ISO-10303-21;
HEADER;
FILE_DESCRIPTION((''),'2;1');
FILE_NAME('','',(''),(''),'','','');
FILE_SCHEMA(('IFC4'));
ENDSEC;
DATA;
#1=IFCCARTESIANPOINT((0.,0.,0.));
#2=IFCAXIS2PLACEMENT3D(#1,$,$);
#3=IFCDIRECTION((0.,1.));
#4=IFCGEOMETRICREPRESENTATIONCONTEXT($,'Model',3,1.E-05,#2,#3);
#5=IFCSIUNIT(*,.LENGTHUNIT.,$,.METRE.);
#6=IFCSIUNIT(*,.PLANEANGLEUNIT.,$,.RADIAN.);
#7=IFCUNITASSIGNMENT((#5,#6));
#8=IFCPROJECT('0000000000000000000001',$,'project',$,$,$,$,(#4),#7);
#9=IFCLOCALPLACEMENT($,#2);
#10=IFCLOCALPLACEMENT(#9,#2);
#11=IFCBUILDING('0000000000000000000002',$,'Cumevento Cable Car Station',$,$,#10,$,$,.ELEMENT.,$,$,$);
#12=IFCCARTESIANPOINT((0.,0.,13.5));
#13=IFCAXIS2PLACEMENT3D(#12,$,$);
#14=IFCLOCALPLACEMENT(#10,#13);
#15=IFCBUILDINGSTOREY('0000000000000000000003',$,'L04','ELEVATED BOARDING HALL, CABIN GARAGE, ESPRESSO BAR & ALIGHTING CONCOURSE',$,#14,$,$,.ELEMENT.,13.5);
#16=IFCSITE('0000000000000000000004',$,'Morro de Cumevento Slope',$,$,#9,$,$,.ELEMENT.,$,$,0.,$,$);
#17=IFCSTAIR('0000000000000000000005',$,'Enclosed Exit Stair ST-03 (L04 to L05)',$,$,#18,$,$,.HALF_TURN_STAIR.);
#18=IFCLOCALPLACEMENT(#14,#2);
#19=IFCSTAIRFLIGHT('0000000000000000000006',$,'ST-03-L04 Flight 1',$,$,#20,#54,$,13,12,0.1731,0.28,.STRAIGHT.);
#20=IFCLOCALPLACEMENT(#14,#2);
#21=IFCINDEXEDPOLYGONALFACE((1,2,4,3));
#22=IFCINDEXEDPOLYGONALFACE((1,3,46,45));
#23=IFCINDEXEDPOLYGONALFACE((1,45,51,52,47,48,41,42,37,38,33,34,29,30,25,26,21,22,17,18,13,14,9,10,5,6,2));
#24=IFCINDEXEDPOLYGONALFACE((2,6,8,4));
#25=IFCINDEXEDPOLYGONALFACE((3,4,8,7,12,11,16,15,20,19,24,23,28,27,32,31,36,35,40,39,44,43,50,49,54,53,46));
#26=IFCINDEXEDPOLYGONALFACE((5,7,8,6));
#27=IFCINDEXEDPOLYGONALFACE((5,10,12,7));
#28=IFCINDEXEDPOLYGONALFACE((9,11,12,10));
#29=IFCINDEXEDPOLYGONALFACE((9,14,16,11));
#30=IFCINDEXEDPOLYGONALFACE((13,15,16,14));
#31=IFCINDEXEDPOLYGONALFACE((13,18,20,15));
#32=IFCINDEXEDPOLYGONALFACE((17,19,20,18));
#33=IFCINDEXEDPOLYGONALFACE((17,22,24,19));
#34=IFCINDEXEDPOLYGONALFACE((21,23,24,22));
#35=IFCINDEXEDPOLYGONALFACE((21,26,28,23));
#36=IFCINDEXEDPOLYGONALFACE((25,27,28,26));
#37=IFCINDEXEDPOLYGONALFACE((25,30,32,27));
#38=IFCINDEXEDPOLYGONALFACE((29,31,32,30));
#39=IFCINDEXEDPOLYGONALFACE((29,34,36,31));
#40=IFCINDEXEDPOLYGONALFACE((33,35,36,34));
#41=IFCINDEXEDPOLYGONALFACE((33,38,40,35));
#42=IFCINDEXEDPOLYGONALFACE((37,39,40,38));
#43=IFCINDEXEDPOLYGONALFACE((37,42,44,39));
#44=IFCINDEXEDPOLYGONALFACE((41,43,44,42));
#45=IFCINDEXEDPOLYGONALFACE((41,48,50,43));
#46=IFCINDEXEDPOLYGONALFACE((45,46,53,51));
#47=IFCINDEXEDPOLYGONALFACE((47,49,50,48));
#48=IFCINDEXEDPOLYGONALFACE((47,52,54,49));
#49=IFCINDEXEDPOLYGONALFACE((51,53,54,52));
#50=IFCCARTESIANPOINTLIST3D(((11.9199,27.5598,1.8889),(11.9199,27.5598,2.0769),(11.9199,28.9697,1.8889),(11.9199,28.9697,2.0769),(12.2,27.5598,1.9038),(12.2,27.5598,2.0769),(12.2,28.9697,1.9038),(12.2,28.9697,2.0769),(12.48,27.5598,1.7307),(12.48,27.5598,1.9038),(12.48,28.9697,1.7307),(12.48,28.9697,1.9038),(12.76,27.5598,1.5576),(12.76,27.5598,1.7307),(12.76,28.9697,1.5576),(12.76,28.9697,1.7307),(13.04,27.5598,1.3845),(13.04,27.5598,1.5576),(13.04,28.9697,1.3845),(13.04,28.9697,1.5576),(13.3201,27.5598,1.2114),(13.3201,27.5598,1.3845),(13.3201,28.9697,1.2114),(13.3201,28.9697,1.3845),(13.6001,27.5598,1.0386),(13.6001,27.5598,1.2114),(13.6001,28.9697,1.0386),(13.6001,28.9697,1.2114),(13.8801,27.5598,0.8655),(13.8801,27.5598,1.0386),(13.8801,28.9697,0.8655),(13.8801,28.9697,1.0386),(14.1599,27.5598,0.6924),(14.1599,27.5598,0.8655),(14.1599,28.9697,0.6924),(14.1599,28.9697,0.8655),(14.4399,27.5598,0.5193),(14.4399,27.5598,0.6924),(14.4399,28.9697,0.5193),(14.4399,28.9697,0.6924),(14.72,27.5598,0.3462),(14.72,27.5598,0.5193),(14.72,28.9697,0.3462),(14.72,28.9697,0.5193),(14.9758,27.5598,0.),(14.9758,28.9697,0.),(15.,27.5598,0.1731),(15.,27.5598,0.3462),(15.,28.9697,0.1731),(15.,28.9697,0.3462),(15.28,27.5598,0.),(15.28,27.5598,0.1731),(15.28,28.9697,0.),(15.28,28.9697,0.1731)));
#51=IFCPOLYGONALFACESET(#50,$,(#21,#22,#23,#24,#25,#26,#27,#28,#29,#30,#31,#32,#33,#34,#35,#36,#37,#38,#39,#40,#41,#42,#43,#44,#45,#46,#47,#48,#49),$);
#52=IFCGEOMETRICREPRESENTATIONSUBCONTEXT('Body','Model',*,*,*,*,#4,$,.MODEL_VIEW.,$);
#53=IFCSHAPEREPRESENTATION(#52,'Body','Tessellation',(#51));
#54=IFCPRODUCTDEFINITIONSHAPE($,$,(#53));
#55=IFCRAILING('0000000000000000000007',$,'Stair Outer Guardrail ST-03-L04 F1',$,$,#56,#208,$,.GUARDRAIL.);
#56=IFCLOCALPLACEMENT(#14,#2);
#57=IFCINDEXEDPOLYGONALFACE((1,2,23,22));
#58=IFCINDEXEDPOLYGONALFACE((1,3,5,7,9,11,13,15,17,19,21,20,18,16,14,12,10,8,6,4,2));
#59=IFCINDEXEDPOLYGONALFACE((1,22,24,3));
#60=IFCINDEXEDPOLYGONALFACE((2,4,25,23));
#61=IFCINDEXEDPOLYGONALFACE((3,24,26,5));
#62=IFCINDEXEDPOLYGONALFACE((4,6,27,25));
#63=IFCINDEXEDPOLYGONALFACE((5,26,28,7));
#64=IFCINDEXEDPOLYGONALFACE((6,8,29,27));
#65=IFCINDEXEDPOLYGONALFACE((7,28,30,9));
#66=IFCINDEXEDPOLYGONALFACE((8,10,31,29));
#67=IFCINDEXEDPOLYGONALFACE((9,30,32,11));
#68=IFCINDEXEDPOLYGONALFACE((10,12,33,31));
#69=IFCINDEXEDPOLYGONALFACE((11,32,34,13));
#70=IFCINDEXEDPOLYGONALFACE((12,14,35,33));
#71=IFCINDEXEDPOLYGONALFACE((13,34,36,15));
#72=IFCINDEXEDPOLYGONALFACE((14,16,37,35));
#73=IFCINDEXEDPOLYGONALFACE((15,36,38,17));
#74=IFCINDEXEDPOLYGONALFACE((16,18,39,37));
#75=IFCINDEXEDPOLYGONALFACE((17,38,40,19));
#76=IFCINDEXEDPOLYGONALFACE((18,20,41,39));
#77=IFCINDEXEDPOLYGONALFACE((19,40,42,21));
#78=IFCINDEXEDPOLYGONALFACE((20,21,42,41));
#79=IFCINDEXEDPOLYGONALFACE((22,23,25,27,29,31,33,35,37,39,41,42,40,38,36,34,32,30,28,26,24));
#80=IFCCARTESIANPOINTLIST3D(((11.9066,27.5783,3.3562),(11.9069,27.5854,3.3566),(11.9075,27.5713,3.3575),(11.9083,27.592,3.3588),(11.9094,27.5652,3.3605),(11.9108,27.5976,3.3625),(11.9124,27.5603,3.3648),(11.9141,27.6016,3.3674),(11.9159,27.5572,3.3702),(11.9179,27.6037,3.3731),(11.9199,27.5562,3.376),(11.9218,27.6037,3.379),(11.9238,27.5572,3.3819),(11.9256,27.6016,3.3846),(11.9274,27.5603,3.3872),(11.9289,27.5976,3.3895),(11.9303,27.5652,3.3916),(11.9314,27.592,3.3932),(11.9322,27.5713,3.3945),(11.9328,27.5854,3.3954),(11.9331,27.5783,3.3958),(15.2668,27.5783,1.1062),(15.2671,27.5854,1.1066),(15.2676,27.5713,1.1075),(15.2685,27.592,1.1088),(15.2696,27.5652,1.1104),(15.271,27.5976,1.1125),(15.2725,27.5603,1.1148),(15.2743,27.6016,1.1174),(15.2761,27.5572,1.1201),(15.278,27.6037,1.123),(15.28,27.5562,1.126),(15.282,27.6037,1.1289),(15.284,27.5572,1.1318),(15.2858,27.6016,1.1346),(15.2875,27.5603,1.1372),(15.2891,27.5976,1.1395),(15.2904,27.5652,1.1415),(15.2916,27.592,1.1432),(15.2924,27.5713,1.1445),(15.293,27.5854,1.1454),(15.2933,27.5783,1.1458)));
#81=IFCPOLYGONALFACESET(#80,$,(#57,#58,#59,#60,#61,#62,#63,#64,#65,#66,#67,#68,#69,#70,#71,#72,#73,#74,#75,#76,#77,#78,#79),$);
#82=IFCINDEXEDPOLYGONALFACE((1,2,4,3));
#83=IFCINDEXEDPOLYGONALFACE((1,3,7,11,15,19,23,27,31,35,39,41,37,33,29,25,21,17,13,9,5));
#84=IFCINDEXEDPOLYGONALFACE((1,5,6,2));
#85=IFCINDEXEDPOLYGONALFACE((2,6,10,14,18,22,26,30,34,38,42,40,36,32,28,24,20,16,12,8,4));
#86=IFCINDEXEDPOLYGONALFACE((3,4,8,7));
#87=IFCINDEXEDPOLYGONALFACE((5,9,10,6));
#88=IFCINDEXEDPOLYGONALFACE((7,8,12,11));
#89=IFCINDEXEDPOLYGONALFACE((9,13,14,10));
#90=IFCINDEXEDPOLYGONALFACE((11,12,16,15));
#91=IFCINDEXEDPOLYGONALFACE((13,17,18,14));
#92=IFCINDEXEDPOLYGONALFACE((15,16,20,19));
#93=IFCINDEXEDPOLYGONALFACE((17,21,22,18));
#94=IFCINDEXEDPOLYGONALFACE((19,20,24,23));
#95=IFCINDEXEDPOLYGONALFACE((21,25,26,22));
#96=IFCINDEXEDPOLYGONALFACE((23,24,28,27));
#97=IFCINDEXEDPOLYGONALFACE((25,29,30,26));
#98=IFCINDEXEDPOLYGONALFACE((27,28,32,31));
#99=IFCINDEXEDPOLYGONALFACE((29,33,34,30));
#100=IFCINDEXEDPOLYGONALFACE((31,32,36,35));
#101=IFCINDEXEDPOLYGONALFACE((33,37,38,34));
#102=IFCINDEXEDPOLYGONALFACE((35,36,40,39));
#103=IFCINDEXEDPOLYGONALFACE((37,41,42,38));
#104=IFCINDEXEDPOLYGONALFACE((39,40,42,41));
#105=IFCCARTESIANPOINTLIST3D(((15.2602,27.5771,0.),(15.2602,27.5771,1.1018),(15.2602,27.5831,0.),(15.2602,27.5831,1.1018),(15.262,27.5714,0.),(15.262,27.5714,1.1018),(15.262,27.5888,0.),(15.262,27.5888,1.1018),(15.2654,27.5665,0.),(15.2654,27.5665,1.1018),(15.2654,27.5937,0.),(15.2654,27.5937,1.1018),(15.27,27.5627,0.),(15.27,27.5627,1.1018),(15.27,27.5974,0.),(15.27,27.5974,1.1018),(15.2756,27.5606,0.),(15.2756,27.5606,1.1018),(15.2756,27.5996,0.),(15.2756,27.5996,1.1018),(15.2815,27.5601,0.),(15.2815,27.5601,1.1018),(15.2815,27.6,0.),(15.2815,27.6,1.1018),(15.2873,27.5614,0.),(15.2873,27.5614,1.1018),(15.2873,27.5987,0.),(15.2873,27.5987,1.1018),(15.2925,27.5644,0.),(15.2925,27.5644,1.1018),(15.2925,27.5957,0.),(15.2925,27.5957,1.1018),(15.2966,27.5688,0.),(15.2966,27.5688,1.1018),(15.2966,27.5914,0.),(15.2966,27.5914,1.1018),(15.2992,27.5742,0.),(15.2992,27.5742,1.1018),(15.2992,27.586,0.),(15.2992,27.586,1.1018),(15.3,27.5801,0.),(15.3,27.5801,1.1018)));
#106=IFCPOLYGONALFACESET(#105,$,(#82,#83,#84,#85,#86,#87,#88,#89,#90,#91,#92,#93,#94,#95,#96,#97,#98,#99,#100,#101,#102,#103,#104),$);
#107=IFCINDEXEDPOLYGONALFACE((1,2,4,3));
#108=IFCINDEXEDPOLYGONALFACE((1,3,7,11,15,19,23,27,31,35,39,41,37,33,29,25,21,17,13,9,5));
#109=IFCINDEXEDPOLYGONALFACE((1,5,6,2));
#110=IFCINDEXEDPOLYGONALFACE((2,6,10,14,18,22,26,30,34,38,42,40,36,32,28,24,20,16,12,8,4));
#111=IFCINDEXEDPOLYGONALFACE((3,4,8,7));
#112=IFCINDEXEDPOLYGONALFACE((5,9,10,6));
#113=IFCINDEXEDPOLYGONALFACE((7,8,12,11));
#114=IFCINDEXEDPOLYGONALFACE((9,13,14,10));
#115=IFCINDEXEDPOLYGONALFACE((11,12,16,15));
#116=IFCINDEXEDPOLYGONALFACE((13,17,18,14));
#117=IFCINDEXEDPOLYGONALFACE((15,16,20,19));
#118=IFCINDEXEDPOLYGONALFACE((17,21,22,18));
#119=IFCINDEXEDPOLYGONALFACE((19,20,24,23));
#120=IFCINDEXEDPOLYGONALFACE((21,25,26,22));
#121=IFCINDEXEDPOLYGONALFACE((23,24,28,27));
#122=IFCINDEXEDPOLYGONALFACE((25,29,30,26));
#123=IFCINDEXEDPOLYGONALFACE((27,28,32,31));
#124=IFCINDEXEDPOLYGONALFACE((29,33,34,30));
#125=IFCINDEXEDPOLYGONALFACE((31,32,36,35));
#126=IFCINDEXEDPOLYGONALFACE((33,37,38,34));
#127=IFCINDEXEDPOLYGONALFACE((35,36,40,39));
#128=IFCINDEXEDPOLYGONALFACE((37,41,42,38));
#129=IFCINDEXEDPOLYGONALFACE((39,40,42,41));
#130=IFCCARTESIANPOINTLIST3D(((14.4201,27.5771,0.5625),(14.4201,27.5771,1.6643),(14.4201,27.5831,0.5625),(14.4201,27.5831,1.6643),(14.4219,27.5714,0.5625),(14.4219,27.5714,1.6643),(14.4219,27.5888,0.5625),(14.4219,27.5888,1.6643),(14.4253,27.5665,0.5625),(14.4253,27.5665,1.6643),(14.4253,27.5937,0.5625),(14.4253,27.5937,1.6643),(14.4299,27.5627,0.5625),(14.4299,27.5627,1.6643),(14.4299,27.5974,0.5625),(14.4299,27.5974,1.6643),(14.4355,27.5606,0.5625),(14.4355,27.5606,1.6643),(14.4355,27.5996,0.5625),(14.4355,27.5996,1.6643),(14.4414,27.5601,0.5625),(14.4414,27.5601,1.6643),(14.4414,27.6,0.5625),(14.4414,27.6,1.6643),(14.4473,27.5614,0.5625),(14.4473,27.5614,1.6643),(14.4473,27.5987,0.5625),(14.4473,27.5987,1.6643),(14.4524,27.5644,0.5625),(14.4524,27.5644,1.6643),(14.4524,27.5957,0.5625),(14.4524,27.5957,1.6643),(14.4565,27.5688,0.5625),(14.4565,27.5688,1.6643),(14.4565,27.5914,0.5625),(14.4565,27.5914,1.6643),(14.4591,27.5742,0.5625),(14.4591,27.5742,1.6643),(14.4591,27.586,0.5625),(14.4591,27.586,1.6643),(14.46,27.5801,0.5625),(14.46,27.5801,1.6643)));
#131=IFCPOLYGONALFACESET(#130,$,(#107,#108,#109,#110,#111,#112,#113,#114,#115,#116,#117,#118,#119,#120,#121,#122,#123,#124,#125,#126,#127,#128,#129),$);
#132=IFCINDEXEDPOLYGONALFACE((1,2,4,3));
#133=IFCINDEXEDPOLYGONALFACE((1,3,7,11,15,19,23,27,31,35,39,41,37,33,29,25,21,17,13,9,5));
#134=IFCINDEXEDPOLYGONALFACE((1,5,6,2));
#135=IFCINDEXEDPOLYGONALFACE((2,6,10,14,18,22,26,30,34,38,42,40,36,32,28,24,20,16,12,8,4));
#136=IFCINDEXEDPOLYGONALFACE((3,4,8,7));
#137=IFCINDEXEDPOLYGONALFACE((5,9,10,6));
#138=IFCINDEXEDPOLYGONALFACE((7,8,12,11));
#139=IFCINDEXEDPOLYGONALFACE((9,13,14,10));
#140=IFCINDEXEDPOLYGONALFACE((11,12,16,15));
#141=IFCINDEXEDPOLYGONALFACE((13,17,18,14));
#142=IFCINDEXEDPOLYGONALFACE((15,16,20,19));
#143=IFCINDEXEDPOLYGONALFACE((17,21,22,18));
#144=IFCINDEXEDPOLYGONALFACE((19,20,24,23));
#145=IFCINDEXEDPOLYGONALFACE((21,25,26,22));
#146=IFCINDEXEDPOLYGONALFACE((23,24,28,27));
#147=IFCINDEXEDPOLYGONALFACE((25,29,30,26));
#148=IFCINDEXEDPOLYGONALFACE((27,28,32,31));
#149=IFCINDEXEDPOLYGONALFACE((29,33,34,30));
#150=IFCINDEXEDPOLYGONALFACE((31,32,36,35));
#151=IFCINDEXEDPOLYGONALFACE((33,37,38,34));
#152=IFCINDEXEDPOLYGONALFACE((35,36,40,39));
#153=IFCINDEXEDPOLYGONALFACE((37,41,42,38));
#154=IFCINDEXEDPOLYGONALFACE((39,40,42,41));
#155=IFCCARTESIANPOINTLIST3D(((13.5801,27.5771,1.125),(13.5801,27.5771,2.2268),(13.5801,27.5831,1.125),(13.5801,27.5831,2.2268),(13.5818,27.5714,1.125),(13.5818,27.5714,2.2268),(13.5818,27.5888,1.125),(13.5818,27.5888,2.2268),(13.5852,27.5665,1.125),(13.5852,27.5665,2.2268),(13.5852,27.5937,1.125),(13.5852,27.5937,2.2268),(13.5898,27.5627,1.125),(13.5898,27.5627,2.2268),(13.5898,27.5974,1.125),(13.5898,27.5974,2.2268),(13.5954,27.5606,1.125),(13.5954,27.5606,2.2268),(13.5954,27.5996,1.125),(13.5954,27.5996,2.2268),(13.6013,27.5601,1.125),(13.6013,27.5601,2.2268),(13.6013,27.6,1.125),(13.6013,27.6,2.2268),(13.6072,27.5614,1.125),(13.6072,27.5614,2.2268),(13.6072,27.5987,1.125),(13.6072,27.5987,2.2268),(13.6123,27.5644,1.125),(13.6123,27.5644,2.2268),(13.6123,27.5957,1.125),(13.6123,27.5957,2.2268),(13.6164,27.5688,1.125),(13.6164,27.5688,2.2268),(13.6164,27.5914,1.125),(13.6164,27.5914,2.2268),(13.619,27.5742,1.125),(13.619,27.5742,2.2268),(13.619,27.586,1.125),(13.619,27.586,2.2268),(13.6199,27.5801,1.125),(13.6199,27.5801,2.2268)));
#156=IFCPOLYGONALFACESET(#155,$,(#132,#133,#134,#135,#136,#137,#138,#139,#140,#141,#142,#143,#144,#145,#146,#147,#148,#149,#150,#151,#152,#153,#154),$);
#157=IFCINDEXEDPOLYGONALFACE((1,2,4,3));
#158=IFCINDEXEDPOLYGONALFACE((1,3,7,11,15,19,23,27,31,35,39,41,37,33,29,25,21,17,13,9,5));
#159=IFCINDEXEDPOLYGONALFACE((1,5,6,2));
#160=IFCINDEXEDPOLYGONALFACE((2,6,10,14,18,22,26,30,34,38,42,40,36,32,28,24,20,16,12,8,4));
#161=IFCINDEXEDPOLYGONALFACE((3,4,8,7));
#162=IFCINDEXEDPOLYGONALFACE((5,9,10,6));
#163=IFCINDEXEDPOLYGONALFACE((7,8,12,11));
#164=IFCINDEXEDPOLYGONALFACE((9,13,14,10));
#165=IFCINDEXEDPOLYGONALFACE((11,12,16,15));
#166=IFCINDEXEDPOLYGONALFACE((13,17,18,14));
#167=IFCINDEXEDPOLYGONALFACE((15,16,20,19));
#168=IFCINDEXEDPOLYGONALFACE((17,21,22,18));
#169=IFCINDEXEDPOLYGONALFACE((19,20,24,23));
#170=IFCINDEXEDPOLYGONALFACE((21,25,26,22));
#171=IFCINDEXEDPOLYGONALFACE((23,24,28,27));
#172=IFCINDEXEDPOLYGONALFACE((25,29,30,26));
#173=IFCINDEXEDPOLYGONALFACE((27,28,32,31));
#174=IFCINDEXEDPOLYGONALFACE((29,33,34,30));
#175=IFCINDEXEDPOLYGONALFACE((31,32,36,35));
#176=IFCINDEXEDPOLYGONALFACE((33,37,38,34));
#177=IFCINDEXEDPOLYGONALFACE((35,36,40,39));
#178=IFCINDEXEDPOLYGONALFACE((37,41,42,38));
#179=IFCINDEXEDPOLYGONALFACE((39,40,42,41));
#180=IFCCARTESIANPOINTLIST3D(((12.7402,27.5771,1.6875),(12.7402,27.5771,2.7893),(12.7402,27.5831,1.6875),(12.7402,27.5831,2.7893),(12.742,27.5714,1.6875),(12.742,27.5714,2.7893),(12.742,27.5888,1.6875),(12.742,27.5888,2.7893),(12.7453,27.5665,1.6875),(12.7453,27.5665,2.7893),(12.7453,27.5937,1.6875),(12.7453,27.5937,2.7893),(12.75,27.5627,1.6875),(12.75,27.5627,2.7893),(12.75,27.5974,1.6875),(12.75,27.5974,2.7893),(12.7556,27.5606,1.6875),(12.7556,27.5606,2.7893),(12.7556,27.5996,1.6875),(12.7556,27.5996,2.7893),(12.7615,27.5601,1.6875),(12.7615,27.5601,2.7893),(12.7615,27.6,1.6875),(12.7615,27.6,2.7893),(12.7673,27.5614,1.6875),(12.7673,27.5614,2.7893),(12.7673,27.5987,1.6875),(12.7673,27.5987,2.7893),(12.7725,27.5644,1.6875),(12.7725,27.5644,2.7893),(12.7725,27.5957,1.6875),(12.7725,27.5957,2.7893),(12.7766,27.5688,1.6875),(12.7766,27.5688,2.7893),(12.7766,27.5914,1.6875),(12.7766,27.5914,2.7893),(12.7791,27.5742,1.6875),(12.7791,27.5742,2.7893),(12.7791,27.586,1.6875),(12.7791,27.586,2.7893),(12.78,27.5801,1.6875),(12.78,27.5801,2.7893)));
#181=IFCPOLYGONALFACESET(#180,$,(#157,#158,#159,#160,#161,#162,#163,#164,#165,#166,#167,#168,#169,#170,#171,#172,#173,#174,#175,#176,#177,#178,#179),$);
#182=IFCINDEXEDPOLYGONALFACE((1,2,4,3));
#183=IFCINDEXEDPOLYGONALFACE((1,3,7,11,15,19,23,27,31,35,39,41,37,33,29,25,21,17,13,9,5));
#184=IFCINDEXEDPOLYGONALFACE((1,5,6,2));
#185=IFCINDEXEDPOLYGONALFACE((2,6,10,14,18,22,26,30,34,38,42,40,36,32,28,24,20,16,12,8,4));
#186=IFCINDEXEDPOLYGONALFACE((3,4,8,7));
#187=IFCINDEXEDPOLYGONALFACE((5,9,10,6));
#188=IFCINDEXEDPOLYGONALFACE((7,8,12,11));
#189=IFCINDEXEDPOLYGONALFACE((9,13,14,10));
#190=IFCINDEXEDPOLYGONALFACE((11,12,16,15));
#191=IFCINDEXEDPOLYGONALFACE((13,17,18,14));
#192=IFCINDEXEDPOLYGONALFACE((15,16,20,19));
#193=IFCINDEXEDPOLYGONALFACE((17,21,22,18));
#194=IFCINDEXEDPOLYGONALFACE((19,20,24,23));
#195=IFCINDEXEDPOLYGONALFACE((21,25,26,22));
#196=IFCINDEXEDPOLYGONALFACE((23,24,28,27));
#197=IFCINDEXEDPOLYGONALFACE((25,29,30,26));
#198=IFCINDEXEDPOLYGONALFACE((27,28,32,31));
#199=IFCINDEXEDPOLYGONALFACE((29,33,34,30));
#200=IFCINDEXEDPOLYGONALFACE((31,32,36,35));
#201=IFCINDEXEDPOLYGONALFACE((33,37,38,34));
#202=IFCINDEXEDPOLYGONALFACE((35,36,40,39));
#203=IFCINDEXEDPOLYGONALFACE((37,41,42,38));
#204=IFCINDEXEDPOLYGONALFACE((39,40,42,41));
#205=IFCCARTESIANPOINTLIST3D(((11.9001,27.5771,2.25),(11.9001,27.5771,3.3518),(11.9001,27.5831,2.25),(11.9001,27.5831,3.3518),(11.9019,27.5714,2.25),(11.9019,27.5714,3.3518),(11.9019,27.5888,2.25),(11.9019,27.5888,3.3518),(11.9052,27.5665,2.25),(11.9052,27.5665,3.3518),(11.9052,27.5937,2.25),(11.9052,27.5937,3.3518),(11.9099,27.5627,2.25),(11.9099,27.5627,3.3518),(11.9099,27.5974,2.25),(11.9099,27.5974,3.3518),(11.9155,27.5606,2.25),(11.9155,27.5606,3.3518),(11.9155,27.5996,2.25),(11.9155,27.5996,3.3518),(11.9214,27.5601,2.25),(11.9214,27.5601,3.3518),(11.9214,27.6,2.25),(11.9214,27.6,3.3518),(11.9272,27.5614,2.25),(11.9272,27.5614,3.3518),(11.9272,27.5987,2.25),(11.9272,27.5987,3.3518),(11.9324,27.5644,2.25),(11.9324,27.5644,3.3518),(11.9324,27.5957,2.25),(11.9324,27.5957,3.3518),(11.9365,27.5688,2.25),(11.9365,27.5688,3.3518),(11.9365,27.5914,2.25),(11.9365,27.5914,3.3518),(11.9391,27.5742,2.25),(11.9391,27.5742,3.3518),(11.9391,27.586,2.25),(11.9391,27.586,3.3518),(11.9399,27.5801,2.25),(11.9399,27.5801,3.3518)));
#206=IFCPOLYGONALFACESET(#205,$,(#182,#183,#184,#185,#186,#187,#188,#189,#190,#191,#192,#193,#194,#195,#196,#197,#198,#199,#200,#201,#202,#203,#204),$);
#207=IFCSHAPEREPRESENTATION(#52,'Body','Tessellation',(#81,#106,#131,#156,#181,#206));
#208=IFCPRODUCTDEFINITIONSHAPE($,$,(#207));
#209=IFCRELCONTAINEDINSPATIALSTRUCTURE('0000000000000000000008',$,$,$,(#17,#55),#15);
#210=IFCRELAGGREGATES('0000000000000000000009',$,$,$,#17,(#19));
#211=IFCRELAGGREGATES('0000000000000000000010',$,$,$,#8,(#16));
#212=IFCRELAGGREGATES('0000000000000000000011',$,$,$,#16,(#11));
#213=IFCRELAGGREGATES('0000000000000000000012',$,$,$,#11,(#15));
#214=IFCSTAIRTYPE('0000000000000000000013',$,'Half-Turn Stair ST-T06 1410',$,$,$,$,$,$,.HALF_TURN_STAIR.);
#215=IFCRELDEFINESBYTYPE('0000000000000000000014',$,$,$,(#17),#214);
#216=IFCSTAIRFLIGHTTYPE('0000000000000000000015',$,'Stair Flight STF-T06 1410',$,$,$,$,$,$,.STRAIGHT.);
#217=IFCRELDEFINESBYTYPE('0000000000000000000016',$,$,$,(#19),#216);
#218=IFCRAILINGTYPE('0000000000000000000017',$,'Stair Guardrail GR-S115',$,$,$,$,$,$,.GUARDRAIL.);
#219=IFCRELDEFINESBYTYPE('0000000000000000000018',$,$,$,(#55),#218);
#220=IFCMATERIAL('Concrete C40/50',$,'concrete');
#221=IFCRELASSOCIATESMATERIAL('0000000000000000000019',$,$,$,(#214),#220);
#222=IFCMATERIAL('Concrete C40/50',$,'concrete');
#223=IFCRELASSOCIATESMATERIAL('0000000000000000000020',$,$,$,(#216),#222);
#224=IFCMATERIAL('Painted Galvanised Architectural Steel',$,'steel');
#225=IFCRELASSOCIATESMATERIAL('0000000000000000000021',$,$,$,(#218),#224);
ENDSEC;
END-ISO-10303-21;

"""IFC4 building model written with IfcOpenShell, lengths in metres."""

from ifc_helpers import new_model, si_unit, direction, frame, origin, origin_2d, place, context, subcontext, project, spatial, polyline, circle, outline, extrude, material, type_object, element, aggregate, save


model = new_model("IFC4")

# Units and contexts
model_context = context("Model", 3, precision=1e-05, world=origin(), true_north=direction((0.0, 1.0)))
body_context = subcontext(model_context, "Body", "Model", "MODEL_VIEW")
ifc_project = project(units=[si_unit("LENGTHUNIT", "METRE"), si_unit("PLANEANGLEUNIT", "RADIAN")], contexts=[model_context])

# Site, building, storey
site_placement = place(None, origin())
site = spatial("IfcSite", under=ifc_project, at=site_placement, Name="Morro de Cumevento Slope", CompositionType="ELEMENT", RefElevation=0.0)
building_placement = place(site_placement, origin())
building = spatial("IfcBuilding", under=site, at=building_placement, Name="Cumevento Cable Car Station", CompositionType="ELEMENT")
storey_placement = place(building_placement, frame((0.0, 0.0, 13.5)))
storey = spatial("IfcBuildingStorey", under=building, at=storey_placement, Name="L04", Description="ELEVATED BOARDING HALL, CABIN GARAGE, ESPRESSO BAR & ALIGHTING CONCOURSE", CompositionType="ELEMENT", Elevation=13.5)

# Stair
ifc_material_1 = material(Name="Concrete C40/50", Category="concrete")
stair_type_1 = type_object("IfcStairType", Name="Half-Turn Stair ST-T06 1410", PredefinedType="HALF_TURN_STAIR", material=ifc_material_1)
stair_1_placement = place(storey_placement, origin())
stair_1 = element("IfcStair", 1, at=stair_1_placement, inside=storey, type_object=stair_type_1, Name="Enclosed Exit Stair ST-03 (L04 to L05)", PredefinedType="HALF_TURN_STAIR")

# Stair flight
ifc_material_2 = material(Name="Concrete C40/50", Category="concrete")
stair_flight_type = type_object("IfcStairFlightType", Name="Stair Flight STF-T06 1410", PredefinedType="STRAIGHT", material=ifc_material_2)
stair_flight_placement = place(storey_placement, frame((15.28, 28.2649, 0.0), z_axis=(0.0, 0.0, 1.0), x_axis=(-1.0, 0.0, 0.0)))
stair_flight = element("IfcStairFlight", 2, at=stair_flight_placement, type_object=stair_flight_type, Name="ST-03-L04 Flight 1", NumberOfRisers=13, NumberOfTreads=12, PredefinedType="STRAIGHT", RiserHeight=0.1731, TreadLength=0.28, context=body_context, shape_type="SweptSolid", body=[
    extrude(outline(polyline([(0.0, 0.0), (0.0, 0.1731), (0.28, 0.1731), (0.28, 0.3462), (0.5601, 0.3462), (0.5601, 0.5193), (0.8401, 0.5193), (0.8401, 0.6924), (1.1201, 0.6924), (1.1201, 0.8655), (1.3999, 0.8655), (1.3999, 1.0386), (1.6799, 1.0386), (1.6799, 1.2114), (1.96, 1.2114), (1.96, 1.3845), (2.24, 1.3845), (2.24, 1.5576), (2.52, 1.5576), (2.52, 1.7307), (2.8, 1.7307), (2.8, 1.9038), (3.0801, 1.9038), (3.0801, 2.0769), (3.3601, 2.0769), (3.3601, 2.25), (3.3601, 1.8889), (0.3042, 0.0), (0.0, 0.0)])), frame((0.0, 0.7051, 0.0), z_axis=(0.0, -1.0, 0.0), x_axis=(1.0, 0.0, 0.0)), (0.0, 0.0, 1.0), 1.4099),
])
aggregate(stair_1, [stair_flight])

# Railing
ifc_material_3 = material(Name="Painted Galvanised Architectural Steel", Category="steel")
railing_type_1 = type_object("IfcRailingType", Name="Stair Guardrail GR-S115", PredefinedType="GUARDRAIL", material=ifc_material_3)
railing_1_placement = place(storey_placement, frame((15.28, 27.5801, 0.0)))
element("IfcRailing", 3, at=railing_1_placement, inside=storey, type_object=railing_type_1, Name="Stair Outer Guardrail ST-03-L04 F1", PredefinedType="GUARDRAIL", context=body_context, shape_type="SweptSolid", body=[
    extrude(circle(Radius=0.0239, at=origin_2d()), frame((0.0, 0.0, 1.126), z_axis=(-0.830915, 0.0, 0.556399), x_axis=(0.0, -1.0, 0.0)), (0.0, 0.0, 1.0), 4.0439),
    extrude(circle(Radius=0.02, at=origin_2d()), origin(), (0.0, 0.0, 1.0), 1.1018),
    extrude(circle(Radius=0.02, at=origin_2d()), frame((-0.8401, 0.0, 0.5625)), (0.0, 0.0, 1.0), 1.1018),
    extrude(circle(Radius=0.02, at=origin_2d()), frame((-1.6802, 0.0, 1.125)), (0.0, 0.0, 1.0), 1.1018),
    extrude(circle(Radius=0.02, at=origin_2d()), frame((-2.52, 0.0, 1.6875)), (0.0, 0.0, 1.0), 1.1018),
    extrude(circle(Radius=0.02, at=origin_2d()), frame((-3.3601, 0.0, 2.25)), (0.0, 0.0, 1.0), 1.1018),
])

save(model, "model.ifc")
